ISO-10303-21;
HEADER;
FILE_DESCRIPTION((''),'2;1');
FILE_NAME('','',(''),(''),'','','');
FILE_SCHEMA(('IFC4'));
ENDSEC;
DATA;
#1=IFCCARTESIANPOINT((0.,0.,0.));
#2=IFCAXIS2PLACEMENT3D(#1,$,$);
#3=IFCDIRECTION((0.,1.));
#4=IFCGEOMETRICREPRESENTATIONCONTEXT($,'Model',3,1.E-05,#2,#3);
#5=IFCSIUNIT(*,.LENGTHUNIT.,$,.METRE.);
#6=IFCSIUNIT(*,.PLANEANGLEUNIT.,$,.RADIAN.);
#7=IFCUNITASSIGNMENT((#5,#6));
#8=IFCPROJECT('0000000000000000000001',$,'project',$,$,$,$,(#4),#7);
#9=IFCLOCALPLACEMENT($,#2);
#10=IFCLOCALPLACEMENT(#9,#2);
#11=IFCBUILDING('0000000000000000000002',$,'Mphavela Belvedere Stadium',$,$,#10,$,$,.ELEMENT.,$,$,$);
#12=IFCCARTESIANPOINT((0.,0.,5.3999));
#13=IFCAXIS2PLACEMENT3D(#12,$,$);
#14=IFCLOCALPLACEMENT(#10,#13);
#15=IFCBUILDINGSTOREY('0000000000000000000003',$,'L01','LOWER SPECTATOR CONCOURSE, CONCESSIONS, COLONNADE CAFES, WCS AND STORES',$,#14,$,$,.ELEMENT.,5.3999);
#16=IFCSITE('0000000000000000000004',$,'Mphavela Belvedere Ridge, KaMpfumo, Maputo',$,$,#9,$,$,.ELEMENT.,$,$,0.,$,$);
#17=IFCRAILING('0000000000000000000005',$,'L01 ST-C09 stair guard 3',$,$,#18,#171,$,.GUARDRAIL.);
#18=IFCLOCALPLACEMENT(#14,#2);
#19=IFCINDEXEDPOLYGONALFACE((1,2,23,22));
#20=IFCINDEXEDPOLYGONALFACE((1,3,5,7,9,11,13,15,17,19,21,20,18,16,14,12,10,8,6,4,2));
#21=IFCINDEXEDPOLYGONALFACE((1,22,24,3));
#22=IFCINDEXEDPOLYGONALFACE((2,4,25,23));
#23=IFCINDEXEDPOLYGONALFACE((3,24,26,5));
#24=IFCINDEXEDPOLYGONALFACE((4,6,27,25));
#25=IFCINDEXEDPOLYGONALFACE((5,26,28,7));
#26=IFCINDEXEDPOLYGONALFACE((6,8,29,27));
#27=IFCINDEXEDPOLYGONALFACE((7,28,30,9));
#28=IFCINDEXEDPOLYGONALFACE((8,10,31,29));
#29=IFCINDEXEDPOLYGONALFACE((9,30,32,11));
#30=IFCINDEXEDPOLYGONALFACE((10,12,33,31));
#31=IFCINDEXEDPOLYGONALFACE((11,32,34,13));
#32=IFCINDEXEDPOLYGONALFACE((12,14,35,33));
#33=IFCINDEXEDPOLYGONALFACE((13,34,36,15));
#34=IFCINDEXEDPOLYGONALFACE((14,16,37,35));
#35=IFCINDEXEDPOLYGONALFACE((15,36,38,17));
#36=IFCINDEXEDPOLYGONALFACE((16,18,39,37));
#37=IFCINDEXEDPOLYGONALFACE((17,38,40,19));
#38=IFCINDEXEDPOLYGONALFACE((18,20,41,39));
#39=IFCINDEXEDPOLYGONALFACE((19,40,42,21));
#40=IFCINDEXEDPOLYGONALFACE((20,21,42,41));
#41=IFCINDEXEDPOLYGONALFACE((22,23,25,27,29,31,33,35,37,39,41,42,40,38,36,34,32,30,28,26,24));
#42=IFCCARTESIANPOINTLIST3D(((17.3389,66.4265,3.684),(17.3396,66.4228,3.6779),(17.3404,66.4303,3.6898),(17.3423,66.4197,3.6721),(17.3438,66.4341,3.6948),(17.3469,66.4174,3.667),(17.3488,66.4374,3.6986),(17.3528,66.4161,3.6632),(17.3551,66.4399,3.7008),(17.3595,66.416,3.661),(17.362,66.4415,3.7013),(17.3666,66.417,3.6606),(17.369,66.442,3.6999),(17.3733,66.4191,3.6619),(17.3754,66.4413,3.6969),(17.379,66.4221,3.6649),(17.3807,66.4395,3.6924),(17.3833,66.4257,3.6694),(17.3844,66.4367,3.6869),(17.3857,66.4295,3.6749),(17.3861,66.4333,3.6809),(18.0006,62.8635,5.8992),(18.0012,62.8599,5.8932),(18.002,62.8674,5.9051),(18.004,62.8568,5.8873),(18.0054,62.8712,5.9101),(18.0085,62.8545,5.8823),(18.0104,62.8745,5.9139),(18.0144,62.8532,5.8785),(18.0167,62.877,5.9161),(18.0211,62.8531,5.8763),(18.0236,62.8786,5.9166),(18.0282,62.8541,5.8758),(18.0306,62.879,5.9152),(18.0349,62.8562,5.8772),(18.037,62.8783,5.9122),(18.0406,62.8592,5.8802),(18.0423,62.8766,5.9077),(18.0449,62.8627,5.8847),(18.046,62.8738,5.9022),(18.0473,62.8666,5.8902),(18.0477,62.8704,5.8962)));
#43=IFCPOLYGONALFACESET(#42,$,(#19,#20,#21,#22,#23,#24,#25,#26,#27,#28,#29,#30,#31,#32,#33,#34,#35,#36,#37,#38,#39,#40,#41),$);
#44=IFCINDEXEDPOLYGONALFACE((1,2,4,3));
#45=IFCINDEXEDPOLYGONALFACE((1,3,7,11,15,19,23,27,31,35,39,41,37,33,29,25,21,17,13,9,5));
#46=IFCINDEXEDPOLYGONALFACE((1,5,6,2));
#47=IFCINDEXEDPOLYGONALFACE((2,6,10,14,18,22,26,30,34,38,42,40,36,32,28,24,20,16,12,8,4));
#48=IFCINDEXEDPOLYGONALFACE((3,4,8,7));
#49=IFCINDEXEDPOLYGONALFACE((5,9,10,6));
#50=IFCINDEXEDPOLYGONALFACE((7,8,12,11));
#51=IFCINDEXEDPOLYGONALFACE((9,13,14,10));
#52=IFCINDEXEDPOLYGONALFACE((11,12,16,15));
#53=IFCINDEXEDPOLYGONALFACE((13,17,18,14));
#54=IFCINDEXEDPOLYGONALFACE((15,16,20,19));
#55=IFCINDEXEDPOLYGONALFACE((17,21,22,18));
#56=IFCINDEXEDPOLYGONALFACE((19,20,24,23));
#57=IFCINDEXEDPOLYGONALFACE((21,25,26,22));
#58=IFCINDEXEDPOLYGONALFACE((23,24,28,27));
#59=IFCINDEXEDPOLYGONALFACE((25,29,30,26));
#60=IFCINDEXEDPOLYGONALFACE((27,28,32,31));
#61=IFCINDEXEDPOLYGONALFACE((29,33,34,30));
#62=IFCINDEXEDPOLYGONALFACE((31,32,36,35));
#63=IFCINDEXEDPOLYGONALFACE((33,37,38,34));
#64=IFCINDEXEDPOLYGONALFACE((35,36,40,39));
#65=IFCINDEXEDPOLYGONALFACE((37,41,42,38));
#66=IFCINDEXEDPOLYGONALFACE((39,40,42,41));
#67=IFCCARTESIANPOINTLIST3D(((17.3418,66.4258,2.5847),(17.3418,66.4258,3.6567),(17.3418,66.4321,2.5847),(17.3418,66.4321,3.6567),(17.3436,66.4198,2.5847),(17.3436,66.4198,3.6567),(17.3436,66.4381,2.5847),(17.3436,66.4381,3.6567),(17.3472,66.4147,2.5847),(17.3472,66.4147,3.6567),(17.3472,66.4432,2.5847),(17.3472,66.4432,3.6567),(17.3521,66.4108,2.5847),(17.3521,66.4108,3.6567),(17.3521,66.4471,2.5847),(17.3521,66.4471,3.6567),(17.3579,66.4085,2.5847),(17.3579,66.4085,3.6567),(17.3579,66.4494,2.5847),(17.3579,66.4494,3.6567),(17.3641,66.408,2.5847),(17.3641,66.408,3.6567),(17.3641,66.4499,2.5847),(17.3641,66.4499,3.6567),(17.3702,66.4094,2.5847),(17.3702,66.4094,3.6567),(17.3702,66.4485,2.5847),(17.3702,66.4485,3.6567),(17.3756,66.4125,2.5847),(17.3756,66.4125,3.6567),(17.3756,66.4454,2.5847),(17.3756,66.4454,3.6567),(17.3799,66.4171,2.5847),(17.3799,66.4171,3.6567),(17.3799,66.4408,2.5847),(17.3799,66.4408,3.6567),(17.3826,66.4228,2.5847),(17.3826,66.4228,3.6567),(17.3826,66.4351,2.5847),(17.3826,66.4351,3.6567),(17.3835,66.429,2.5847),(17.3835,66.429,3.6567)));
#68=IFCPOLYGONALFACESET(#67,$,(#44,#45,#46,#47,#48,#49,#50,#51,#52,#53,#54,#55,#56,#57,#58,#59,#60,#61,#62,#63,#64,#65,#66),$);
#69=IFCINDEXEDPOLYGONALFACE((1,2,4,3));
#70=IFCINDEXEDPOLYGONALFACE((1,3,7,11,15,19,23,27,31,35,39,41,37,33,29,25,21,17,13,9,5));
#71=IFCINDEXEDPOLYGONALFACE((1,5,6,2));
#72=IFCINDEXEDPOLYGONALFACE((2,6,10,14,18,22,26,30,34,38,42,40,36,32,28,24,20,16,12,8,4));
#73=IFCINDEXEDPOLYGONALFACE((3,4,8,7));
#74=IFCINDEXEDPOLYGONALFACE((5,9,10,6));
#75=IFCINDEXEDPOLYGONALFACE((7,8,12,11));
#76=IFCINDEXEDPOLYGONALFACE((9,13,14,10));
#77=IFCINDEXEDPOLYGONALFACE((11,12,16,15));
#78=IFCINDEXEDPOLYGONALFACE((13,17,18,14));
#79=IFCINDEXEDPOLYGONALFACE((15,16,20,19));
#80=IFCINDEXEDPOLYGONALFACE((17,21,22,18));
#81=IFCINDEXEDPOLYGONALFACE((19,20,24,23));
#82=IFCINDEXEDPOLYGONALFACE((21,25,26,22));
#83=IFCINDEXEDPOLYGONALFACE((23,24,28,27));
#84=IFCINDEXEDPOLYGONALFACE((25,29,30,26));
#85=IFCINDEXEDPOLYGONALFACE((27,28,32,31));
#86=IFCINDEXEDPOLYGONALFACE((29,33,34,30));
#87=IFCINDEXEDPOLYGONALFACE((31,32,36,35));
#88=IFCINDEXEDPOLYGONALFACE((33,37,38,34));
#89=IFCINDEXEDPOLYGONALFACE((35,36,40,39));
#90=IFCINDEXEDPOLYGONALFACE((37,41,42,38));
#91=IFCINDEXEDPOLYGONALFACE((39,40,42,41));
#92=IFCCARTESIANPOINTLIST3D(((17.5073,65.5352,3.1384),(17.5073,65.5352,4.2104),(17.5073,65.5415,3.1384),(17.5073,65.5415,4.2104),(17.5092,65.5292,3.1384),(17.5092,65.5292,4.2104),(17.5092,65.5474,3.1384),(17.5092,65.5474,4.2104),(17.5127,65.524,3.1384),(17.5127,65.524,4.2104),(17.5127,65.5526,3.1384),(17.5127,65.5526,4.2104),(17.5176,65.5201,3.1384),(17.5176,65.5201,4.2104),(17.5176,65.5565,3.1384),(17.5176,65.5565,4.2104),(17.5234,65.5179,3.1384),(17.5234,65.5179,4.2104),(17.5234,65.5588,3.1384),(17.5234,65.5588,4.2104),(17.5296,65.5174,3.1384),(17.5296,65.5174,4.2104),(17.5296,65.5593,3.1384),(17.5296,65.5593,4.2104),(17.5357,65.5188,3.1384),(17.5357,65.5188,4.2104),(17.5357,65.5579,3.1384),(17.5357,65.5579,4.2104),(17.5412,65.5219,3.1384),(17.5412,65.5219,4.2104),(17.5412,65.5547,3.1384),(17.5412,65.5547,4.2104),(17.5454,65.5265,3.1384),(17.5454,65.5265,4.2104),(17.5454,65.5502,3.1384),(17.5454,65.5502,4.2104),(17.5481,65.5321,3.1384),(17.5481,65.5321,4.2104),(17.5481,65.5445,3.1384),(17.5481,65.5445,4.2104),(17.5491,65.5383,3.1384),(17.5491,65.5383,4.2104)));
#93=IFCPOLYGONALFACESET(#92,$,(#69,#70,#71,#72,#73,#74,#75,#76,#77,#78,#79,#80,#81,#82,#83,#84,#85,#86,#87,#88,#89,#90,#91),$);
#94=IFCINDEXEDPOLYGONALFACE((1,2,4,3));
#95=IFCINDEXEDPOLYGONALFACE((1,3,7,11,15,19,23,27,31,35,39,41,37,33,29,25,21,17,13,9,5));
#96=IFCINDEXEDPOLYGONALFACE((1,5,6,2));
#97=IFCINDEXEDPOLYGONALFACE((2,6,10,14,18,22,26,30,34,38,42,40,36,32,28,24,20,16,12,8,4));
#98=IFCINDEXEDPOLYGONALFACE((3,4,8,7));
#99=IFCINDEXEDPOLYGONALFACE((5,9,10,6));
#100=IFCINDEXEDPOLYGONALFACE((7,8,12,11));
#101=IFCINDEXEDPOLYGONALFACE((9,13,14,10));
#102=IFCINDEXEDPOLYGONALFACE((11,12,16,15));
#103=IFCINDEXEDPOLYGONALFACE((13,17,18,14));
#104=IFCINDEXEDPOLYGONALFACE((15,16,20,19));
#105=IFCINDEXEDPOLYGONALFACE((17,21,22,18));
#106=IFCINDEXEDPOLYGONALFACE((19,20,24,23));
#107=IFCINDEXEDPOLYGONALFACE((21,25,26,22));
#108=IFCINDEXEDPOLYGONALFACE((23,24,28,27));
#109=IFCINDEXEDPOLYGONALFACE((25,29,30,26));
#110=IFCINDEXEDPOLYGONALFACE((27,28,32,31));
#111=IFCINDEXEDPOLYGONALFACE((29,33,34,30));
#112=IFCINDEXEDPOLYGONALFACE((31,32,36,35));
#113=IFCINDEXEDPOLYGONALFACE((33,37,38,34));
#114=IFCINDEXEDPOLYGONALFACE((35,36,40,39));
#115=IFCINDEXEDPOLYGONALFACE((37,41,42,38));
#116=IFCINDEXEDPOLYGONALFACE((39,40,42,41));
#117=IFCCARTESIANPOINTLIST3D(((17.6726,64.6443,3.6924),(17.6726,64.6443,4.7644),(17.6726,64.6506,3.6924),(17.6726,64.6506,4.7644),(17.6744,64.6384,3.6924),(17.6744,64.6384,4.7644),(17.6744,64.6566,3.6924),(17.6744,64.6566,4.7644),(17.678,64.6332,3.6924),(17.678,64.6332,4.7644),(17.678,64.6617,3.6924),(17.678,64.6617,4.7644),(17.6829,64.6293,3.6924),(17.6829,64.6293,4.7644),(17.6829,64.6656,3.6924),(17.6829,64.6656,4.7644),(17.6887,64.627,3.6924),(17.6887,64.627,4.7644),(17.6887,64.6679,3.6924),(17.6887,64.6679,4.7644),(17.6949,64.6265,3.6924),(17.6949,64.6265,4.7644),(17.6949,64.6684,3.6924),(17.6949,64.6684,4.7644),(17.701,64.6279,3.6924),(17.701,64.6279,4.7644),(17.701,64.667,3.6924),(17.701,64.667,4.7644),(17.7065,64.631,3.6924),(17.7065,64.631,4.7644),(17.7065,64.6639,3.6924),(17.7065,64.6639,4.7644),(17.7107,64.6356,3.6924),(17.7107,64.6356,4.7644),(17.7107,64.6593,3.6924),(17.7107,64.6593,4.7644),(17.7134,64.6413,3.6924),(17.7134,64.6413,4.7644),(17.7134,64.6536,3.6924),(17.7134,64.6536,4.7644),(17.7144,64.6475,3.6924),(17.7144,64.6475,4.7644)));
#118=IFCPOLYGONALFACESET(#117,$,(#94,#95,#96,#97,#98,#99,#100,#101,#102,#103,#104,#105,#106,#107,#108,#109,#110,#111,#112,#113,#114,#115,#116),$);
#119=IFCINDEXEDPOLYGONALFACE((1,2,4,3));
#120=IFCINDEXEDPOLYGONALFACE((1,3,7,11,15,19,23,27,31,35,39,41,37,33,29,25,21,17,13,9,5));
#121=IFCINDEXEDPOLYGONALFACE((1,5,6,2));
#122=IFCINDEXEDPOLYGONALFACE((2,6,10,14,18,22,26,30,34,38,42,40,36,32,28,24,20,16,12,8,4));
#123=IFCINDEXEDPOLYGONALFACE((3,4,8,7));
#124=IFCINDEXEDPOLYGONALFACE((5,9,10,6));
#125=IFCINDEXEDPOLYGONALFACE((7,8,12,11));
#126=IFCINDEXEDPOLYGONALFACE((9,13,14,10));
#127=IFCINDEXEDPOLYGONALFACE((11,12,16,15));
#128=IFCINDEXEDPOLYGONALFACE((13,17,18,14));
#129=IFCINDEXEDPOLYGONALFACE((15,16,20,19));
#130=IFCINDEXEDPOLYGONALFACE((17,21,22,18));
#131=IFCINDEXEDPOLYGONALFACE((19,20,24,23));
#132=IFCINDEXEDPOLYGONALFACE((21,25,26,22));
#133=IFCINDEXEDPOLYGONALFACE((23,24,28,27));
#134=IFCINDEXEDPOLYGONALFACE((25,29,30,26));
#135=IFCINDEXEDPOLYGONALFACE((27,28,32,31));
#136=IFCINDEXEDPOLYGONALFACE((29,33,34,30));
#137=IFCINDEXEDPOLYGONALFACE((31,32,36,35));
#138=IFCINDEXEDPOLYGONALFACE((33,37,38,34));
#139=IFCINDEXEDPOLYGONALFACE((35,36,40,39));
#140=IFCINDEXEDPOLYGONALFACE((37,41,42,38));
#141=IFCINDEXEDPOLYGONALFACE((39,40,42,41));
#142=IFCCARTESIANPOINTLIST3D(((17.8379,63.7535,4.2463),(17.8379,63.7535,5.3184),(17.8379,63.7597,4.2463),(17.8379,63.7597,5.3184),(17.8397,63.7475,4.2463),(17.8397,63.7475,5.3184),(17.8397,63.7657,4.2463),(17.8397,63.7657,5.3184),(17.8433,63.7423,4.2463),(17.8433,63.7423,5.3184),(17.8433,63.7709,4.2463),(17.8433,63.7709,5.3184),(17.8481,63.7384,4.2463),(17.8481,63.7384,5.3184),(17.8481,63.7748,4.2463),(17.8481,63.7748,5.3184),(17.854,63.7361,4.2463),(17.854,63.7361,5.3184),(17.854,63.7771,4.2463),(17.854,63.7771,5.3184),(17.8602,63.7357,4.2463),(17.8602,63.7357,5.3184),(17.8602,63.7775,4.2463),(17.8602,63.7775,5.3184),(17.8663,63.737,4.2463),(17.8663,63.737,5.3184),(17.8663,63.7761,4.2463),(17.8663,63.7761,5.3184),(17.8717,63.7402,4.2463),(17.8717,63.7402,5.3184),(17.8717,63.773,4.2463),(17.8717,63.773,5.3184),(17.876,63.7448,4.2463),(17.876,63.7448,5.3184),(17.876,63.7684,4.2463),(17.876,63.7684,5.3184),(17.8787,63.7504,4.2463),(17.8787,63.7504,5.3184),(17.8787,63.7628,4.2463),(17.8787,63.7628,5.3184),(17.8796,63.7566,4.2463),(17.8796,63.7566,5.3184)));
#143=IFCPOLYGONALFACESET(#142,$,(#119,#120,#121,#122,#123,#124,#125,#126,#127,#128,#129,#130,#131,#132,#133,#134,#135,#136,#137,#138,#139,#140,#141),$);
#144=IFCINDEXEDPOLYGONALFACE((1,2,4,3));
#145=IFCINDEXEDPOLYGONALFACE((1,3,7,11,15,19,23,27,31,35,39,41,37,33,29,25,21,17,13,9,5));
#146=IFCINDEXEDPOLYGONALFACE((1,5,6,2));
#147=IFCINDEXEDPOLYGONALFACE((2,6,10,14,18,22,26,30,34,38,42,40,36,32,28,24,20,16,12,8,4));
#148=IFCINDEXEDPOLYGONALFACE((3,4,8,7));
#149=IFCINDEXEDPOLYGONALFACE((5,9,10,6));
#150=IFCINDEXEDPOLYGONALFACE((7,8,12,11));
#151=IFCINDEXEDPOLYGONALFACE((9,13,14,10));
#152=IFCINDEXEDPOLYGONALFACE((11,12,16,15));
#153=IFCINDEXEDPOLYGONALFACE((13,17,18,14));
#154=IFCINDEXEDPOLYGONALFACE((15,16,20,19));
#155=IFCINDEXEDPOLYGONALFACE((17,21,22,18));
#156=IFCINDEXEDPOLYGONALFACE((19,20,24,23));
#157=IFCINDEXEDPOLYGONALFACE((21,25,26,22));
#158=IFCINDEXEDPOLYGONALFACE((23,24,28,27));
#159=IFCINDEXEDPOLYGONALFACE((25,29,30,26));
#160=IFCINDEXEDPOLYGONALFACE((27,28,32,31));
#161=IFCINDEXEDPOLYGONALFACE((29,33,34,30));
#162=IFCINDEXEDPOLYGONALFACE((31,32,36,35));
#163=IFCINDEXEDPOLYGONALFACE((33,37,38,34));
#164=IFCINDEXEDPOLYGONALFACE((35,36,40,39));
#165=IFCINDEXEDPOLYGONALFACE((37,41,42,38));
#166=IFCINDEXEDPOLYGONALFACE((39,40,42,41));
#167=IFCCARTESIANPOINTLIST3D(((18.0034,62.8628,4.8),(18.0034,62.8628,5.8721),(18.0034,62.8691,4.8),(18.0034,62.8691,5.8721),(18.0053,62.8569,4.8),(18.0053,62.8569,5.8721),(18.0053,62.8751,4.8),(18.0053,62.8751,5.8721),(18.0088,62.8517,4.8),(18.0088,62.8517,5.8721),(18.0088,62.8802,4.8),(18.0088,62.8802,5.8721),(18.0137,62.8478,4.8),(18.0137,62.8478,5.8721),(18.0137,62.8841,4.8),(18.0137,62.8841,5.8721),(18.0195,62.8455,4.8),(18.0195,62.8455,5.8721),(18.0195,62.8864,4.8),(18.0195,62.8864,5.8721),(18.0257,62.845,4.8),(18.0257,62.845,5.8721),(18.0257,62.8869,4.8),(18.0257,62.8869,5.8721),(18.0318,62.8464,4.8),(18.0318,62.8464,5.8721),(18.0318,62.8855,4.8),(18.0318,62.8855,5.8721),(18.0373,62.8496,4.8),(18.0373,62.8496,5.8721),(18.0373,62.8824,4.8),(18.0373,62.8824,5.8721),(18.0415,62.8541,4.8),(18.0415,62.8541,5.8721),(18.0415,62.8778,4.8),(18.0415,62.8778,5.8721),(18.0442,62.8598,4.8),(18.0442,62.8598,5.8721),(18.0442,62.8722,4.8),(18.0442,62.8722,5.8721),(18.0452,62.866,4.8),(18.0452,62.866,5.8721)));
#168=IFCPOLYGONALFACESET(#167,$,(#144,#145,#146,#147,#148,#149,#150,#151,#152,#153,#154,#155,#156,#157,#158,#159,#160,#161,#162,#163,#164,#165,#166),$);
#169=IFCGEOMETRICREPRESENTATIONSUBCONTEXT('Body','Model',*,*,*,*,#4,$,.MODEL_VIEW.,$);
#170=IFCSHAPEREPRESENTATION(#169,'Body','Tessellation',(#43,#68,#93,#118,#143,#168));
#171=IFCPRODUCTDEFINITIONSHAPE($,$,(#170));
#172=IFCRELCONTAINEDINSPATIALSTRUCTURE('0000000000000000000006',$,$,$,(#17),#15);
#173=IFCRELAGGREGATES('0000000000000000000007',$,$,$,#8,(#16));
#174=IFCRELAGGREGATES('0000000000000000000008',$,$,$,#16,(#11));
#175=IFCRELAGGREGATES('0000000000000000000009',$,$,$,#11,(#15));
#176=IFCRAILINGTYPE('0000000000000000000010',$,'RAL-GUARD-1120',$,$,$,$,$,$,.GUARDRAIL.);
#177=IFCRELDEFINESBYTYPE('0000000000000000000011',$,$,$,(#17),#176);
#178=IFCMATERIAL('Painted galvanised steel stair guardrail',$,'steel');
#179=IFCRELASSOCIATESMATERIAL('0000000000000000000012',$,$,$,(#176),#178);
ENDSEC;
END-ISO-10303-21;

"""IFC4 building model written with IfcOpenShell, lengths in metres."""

from ifc_helpers import new_model, si_unit, direction, frame, origin, origin_2d, place, context, subcontext, project, spatial, circle, extrude, material, type_object, element, save


model = new_model("IFC4")

# Units and contexts
model_context = context("Model", 3, precision=1e-05, world=origin(), true_north=direction((0.0, 1.0)))
body_context = subcontext(model_context, "Body", "Model", "MODEL_VIEW")
ifc_project = project(units=[si_unit("LENGTHUNIT", "METRE"), si_unit("PLANEANGLEUNIT", "RADIAN")], contexts=[model_context])

# Site, building, storey
site_placement = place(None, origin())
site = spatial("IfcSite", under=ifc_project, at=site_placement, Name="Mphavela Belvedere Ridge, KaMpfumo, Maputo", CompositionType="ELEMENT", RefElevation=0.0)
building_placement = place(site_placement, origin())
building = spatial("IfcBuilding", under=site, at=building_placement, Name="Mphavela Belvedere Stadium", CompositionType="ELEMENT")
storey_placement = place(building_placement, frame((0.0, 0.0, 5.3999)))
storey = spatial("IfcBuildingStorey", under=building, at=storey_placement, Name="L01", Description="LOWER SPECTATOR CONCOURSE, CONCESSIONS, COLONNADE CAFES, WCS AND STORES", CompositionType="ELEMENT", Elevation=5.3999)

# Railing
ifc_material_1 = material(Name="Painted galvanised steel stair guardrail", Category="steel")
railing_type_1 = type_object("IfcRailingType", Name="RAL-GUARD-1120", PredefinedType="GUARDRAIL", material=ifc_material_1)
railing_1_placement = place(storey_placement, frame((17.3625, 66.429, 2.5847)))
element("IfcRailing", 1, at=railing_1_placement, inside=storey, type_object=railing_type_1, Name="L01 ST-C09 stair guard 3", PredefinedType="GUARDRAIL", context=body_context, shape_type="SweptSolid", body=[
    extrude(circle(Radius=0.0239, at=origin_2d()), frame((0.0, 0.0, 1.0962), z_axis=(0.155771, -0.838865, 0.521575), x_axis=(0.983193, 0.182572, 0.0)), (0.0, 0.0, 1.0), 4.2473),
    extrude(circle(Radius=0.021, at=origin_2d()), origin(), (0.0, 0.0, 1.0), 1.072),
    extrude(circle(Radius=0.021, at=origin_2d()), frame((0.1655, -0.8906, 0.5537)), (0.0, 0.0, 1.0), 1.072),
    extrude(circle(Radius=0.021, at=origin_2d()), frame((0.3308, -1.7815, 1.1077)), (0.0, 0.0, 1.0), 1.072),
    extrude(circle(Radius=0.021, at=origin_2d()), frame((0.4961, -2.6724, 1.6616)), (0.0, 0.0, 1.0), 1.072),
    extrude(circle(Radius=0.021, at=origin_2d()), frame((0.6616, -3.563, 2.2153)), (0.0, 0.0, 1.0), 1.072),
])

save(model, "model.ifc")
